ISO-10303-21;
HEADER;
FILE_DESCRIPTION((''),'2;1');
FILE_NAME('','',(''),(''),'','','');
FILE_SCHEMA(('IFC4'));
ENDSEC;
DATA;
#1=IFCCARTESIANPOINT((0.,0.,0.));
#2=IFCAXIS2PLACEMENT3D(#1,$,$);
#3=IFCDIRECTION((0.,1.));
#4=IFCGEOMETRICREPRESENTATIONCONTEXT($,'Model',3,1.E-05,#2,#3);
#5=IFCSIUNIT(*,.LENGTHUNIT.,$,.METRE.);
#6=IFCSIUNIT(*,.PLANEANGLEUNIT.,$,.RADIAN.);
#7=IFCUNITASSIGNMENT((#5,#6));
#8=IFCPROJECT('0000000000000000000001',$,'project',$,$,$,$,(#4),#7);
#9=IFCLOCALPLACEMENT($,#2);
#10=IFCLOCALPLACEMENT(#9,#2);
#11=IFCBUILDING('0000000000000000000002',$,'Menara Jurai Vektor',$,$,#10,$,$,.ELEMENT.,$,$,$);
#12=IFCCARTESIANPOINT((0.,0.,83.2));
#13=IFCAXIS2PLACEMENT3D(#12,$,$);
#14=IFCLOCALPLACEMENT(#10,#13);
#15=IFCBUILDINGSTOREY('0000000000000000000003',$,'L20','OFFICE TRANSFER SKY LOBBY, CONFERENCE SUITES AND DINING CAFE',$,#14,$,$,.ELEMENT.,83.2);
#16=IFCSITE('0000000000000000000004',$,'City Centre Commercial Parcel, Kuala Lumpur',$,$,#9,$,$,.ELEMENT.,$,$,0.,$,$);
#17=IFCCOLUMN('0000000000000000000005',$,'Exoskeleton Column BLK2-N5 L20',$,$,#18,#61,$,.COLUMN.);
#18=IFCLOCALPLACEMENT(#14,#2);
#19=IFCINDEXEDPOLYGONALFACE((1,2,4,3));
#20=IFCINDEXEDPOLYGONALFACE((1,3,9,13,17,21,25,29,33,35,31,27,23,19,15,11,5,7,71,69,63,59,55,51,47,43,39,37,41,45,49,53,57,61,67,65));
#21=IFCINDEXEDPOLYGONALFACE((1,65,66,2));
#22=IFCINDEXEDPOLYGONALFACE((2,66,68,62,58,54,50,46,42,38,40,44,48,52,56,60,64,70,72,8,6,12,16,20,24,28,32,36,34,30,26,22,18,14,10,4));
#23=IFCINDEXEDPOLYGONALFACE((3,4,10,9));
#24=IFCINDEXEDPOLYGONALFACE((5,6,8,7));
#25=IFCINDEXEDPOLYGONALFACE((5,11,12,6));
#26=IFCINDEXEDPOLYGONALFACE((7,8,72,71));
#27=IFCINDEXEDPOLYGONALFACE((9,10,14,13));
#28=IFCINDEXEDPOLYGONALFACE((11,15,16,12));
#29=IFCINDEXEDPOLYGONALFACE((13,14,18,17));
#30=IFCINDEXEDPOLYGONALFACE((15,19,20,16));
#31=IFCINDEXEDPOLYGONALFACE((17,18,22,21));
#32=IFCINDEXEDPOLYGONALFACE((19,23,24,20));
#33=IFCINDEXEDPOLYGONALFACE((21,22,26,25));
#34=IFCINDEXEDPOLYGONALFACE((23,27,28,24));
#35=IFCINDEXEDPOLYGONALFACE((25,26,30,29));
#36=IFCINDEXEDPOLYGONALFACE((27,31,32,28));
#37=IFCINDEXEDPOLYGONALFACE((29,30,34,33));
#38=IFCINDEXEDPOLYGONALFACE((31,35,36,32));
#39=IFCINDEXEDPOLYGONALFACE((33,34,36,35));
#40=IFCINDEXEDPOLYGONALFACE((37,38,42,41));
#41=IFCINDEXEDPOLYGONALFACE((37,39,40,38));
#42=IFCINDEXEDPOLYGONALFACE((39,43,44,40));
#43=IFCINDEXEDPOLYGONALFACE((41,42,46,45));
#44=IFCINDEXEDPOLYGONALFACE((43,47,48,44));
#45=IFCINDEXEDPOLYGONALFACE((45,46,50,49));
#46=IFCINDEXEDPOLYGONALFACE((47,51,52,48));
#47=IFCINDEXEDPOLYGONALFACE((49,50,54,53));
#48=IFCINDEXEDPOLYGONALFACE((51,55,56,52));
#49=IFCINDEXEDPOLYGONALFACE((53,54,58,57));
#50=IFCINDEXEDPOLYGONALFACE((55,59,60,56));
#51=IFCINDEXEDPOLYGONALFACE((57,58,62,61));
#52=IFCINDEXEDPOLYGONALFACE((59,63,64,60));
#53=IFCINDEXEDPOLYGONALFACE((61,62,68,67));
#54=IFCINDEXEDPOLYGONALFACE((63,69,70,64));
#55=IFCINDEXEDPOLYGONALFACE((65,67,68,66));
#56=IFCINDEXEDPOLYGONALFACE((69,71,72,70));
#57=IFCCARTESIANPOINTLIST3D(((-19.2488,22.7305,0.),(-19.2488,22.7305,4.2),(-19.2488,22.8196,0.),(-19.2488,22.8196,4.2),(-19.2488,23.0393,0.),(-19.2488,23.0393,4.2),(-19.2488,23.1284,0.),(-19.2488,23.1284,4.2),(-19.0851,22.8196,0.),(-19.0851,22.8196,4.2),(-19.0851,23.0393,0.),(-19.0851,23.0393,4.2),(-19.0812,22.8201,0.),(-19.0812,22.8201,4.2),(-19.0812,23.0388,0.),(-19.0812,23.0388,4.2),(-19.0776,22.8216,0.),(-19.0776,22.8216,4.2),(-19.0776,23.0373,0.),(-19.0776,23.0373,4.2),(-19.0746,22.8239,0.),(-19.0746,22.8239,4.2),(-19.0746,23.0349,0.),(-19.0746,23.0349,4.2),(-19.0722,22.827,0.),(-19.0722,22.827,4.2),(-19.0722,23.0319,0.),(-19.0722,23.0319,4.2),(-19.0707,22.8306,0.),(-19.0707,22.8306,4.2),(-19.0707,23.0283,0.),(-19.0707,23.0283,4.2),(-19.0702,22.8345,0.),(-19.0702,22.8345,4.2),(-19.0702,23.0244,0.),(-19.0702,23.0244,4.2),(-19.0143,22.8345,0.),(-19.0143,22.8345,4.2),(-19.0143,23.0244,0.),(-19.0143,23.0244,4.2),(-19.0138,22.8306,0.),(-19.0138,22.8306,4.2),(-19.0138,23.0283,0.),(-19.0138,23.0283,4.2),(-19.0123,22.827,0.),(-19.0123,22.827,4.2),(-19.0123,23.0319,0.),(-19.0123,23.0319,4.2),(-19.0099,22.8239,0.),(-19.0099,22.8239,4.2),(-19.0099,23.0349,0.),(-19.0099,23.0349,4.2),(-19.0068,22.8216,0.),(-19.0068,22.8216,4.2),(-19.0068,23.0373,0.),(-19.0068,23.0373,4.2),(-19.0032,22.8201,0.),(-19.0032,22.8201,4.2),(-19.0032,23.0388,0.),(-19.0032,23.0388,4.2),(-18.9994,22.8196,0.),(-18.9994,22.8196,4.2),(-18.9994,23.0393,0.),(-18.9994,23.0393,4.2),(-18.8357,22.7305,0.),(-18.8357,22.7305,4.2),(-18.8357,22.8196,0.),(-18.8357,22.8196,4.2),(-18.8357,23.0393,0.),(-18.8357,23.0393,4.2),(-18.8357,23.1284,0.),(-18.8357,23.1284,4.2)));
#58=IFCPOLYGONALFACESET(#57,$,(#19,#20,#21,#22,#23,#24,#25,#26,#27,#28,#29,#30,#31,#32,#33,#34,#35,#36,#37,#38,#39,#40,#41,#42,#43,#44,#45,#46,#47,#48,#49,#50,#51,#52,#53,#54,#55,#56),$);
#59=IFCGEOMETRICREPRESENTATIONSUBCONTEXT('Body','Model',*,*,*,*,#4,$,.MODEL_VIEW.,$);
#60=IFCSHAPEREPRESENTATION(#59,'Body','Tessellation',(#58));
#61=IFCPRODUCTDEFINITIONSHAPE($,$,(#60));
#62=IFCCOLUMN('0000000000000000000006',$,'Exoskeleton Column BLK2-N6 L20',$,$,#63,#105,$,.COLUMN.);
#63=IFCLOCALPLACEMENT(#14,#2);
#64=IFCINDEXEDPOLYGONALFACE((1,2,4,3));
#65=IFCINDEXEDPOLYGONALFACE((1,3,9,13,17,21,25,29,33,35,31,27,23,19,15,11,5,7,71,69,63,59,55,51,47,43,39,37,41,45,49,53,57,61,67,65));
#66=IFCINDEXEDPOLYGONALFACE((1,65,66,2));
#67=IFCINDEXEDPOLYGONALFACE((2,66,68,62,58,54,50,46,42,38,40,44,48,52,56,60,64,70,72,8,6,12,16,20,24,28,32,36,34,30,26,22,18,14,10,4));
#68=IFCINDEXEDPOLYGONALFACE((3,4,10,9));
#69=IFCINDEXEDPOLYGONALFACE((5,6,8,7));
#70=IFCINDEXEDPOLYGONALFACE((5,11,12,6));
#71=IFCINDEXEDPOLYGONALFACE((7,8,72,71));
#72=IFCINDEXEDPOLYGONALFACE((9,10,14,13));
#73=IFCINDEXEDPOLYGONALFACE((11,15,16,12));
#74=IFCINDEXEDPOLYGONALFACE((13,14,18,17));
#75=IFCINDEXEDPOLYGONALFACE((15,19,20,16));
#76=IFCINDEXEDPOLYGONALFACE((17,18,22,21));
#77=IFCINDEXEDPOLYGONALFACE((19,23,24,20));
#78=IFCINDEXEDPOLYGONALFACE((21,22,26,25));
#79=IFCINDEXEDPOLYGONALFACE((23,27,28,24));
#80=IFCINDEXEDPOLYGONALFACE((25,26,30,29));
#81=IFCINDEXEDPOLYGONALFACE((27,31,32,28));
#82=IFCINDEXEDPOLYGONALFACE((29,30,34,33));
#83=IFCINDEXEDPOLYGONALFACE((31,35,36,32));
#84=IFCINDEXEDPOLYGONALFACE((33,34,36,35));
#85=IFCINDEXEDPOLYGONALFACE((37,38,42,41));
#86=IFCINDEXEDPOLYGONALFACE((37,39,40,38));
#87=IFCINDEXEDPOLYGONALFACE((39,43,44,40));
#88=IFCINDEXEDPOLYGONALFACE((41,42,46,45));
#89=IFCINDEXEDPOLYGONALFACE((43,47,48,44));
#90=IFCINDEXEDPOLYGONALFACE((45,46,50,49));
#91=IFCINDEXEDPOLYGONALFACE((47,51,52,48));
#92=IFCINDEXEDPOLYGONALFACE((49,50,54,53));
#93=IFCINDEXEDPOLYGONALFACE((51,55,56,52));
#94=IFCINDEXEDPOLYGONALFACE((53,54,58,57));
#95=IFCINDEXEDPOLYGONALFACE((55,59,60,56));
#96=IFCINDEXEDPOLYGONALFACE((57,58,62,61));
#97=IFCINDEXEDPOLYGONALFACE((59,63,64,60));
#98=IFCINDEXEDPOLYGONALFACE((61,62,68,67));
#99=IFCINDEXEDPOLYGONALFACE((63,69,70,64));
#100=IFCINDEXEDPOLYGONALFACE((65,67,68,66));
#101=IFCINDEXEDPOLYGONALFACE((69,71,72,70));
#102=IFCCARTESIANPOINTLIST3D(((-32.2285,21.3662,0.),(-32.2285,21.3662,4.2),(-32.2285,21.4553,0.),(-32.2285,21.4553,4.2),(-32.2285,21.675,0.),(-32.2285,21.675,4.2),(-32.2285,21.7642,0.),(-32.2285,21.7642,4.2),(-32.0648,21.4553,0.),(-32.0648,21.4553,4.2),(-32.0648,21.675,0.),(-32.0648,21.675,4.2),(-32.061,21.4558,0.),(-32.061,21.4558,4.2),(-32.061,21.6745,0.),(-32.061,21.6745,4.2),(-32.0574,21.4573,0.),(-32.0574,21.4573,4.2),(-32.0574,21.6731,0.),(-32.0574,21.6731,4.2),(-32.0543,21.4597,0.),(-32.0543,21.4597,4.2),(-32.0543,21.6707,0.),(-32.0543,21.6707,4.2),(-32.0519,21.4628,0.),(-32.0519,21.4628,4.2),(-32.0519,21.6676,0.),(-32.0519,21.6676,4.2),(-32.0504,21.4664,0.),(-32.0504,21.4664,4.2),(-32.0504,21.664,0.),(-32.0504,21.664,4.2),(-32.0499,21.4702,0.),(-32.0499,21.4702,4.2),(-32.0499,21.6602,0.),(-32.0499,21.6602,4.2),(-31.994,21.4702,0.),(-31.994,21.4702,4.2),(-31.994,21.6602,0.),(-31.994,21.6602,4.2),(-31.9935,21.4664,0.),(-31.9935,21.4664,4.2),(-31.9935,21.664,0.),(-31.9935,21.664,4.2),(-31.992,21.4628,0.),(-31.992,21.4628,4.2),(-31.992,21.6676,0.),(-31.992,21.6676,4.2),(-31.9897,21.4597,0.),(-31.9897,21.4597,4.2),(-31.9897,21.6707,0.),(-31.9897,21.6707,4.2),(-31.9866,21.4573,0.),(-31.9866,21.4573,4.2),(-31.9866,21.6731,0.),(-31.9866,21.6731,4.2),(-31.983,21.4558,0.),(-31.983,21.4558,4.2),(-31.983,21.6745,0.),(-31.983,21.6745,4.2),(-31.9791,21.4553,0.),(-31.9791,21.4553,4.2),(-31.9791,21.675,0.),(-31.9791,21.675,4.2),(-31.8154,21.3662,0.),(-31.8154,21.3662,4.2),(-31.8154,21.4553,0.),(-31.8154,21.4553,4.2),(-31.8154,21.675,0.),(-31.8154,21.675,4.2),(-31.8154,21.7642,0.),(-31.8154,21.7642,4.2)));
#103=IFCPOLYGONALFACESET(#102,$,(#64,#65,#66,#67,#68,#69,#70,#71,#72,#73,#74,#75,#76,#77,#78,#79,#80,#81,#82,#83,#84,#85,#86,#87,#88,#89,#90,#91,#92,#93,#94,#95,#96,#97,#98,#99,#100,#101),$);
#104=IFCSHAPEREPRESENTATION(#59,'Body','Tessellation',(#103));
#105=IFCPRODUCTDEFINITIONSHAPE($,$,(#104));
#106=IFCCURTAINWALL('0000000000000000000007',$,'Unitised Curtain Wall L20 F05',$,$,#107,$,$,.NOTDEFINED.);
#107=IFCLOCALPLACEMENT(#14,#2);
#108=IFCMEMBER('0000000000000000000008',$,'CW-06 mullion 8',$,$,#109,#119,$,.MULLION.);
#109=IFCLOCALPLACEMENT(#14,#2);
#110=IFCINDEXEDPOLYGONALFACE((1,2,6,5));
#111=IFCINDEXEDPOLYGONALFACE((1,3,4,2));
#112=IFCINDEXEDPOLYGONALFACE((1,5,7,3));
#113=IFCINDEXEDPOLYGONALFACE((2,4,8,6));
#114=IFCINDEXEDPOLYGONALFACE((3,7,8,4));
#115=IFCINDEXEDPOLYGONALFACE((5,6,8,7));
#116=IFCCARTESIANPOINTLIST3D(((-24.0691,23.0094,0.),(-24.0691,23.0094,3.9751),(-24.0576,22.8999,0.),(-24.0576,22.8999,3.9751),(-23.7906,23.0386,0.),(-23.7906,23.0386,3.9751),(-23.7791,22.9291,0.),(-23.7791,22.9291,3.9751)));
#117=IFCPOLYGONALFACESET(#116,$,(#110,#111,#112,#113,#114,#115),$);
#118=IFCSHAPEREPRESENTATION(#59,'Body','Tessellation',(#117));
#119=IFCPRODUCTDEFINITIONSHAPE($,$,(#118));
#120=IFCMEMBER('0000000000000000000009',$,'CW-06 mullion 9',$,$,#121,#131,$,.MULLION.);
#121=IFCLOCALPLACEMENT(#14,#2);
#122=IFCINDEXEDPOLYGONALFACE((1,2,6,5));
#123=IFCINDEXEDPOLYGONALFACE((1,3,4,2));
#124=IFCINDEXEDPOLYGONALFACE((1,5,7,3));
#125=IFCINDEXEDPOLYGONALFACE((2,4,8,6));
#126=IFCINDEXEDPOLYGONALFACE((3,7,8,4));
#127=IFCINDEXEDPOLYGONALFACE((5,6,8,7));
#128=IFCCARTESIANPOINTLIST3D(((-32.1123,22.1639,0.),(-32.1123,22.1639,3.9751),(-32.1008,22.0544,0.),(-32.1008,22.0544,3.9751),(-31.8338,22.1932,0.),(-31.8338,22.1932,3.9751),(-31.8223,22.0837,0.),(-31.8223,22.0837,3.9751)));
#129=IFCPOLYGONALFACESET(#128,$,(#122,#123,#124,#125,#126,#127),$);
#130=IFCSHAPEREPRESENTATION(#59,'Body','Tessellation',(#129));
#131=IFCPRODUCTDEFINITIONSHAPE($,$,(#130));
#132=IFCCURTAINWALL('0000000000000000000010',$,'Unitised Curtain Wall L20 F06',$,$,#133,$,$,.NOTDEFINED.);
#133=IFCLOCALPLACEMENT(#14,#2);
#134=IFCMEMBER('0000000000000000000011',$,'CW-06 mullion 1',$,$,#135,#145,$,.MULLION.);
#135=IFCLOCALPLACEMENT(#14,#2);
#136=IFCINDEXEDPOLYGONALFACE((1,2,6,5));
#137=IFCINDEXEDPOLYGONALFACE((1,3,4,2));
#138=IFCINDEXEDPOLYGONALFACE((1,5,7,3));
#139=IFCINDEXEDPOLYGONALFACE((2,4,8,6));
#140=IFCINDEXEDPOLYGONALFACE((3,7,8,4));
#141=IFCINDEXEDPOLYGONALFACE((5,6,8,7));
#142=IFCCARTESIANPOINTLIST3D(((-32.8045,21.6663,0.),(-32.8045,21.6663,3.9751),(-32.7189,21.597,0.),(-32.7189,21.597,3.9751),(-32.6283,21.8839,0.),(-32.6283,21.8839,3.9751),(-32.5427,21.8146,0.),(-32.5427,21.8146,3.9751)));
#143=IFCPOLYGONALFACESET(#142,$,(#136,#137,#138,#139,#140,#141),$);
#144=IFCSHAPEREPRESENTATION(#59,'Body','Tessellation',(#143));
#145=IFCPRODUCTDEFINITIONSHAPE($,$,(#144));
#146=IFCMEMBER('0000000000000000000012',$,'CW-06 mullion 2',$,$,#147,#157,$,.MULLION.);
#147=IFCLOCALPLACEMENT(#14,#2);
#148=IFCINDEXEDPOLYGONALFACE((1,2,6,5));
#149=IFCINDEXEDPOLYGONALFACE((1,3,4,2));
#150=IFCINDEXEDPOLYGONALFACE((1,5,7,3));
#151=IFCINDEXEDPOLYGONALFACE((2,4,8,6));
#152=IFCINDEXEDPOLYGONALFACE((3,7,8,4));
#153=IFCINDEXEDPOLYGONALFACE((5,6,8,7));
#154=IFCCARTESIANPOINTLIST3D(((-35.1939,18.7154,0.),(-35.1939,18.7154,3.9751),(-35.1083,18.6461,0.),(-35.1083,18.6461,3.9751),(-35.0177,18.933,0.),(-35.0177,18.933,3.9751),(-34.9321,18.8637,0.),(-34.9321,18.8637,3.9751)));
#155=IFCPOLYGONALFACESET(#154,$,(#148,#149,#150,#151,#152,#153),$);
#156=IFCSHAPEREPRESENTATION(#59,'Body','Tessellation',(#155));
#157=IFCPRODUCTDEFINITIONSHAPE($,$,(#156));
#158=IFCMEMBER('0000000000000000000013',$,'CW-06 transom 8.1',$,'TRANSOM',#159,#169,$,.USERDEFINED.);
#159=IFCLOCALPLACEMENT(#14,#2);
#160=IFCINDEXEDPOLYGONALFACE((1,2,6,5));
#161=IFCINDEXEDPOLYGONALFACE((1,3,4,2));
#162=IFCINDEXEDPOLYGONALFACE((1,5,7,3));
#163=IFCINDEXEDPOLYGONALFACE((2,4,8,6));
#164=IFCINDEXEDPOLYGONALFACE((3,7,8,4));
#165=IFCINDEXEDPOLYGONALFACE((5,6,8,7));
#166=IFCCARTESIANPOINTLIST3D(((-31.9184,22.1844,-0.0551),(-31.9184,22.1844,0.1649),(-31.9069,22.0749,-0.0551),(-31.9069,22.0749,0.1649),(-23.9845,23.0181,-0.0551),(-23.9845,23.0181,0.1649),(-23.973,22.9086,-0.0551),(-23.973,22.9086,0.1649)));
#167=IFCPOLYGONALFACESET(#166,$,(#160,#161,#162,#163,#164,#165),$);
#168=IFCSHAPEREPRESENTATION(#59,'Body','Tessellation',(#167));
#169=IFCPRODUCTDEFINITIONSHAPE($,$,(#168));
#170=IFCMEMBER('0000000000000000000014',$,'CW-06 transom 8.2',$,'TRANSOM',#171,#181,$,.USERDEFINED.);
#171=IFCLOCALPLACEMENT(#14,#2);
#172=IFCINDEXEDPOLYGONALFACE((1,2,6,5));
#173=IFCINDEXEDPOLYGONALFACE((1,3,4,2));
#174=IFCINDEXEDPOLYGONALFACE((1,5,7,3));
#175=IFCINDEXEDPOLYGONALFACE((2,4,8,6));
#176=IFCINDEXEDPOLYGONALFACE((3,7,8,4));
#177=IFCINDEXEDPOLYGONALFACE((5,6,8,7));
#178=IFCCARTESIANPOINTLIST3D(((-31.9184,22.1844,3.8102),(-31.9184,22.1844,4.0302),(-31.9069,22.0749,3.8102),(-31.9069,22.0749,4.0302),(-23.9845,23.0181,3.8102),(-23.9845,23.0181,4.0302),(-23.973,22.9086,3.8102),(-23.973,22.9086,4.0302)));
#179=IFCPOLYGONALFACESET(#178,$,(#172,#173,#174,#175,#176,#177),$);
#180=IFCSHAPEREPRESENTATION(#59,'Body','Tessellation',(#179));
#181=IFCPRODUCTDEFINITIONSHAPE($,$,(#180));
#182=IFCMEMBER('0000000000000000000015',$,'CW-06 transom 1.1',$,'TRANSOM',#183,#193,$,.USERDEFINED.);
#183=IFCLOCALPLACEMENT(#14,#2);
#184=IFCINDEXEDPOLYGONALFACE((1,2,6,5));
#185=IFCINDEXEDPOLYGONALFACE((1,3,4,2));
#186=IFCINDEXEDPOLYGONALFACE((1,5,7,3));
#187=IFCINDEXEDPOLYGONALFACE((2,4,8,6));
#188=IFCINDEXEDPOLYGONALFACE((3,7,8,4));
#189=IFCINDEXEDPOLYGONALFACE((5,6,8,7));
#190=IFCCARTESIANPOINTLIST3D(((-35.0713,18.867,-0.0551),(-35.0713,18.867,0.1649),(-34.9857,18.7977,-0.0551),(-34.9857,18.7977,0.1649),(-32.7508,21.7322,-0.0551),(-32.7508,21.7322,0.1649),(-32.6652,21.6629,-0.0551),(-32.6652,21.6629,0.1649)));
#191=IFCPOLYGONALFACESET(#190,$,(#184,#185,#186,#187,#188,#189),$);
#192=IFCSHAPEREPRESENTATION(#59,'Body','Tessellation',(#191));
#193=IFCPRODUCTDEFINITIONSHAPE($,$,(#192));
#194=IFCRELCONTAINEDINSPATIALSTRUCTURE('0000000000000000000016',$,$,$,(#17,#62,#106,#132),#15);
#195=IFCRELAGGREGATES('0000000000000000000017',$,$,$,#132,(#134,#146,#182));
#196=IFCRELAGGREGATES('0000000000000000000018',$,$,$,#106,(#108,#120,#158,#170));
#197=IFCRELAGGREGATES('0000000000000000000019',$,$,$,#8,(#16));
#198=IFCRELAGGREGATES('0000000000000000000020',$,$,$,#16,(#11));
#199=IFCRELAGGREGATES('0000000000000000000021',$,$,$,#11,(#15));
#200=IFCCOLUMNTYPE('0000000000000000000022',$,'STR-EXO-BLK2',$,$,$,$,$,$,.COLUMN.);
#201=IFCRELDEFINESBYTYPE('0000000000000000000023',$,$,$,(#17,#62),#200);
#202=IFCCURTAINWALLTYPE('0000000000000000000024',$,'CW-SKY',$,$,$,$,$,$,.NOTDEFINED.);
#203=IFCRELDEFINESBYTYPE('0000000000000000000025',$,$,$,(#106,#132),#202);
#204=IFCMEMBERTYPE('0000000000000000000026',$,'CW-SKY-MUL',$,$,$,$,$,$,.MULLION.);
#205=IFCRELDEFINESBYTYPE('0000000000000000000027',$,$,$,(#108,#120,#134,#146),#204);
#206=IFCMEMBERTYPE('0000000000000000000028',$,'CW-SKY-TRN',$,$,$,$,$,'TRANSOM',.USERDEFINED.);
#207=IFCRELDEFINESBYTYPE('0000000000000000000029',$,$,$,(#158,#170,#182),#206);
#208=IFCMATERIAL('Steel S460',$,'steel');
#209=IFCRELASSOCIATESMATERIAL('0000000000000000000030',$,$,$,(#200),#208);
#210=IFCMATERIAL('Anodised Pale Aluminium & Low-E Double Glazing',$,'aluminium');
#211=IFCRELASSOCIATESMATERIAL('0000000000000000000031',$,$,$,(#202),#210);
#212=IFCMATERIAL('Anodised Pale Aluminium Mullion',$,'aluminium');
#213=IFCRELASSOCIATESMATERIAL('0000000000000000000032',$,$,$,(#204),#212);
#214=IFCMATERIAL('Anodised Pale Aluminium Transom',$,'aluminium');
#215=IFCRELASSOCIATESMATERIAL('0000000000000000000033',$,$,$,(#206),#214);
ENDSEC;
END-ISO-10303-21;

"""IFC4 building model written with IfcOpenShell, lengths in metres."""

from ifc_helpers import new_model, si_unit, direction, frame, origin, origin_2d, place, context, subcontext, project, spatial, rectangle, i_section, extrude, material, material_profile, profile_set, type_object, element, aggregate, save


model = new_model("IFC4")

# Units and contexts
model_context = context("Model", 3, precision=1e-05, world=origin(), true_north=direction((0.0, 1.0)))
body_context = subcontext(model_context, "Body", "Model", "MODEL_VIEW")
ifc_project = project(units=[si_unit("LENGTHUNIT", "METRE"), si_unit("PLANEANGLEUNIT", "RADIAN")], contexts=[model_context])

# Site, building, storey
site_placement = place(None, origin())
site = spatial("IfcSite", under=ifc_project, at=site_placement, Name="City Centre Commercial Parcel, Kuala Lumpur", CompositionType="ELEMENT", RefElevation=0.0)
building_placement = place(site_placement, origin())
building = spatial("IfcBuilding", under=site, at=building_placement, Name="Menara Jurai Vektor", CompositionType="ELEMENT")
storey_placement = place(building_placement, frame((0.0, 0.0, 83.2)))
storey = spatial("IfcBuildingStorey", under=building, at=storey_placement, Name="L20", Description="OFFICE TRANSFER SKY LOBBY, CONFERENCE SUITES AND DINING CAFE", CompositionType="ELEMENT", Elevation=83.2)

# Columns
ifc_material_1 = material(Name="Steel S460", Category="steel")
ifc_material_profile_1 = material_profile(ifc_material_1, i_section(OverallWidth=0.4131, OverallDepth=0.3979, WebThickness=0.0559, FlangeThickness=0.0891, FilletRadius=0.0149, at=origin_2d()), Name="HD 400x744")
ifc_profile_set_1 = profile_set([ifc_material_profile_1], Name="Steel S460")
column_type = type_object("IfcColumnType", Name="STR-EXO-BLK2", PredefinedType="COLUMN", material=ifc_profile_set_1)
for number, where, z_axis, x_axis, name in (
    (1, (-19.0422, 22.9294, 0.0), (0.0, 0.0, 1.0), (1.0, 0.0, 0.0), "Exoskeleton Column BLK2-N5 L20"),
    (2, (-32.022, 21.5652, 0.0), (0.0, 0.0, 1.0), (1.0, 0.0, 0.0), "Exoskeleton Column BLK2-N6 L20"),
):
    element("IfcColumn", number, at=place(storey_placement, frame(where, z_axis=z_axis, x_axis=x_axis)), inside=storey, type_object=column_type, Name=name, PredefinedType="COLUMN", context=body_context, shape_type="SweptSolid", body=[
        extrude(i_section(OverallWidth=0.4131, OverallDepth=0.3979, WebThickness=0.0559, FlangeThickness=0.0891, FilletRadius=0.0149, at=origin_2d()), origin(), (0.0, 0.0, 1.0), 4.2),
    ])

# Curtain walls, members
ifc_material_2 = material(Name="Anodised Pale Aluminium & Low-E Double Glazing", Category="aluminium")
curtain_wall_type = type_object("IfcCurtainWallType", Name="CW-SKY", PredefinedType="NOTDEFINED", material=ifc_material_2)
curtain_wall_1_placement = place(storey_placement, origin())
curtain_wall_1 = element("IfcCurtainWall", 3, at=curtain_wall_1_placement, inside=storey, type_object=curtain_wall_type, Name="Unitised Curtain Wall L20 F05", PredefinedType="NOTDEFINED")
ifc_material_3 = material(Name="Anodised Pale Aluminium Mullion", Category="aluminium")
ifc_material_profile_2 = material_profile(ifc_material_3, rectangle(XDim=0.1101, YDim=0.28, at=origin_2d()), Name="ALU MUL 110x280")
ifc_profile_set_2 = profile_set([ifc_material_profile_2], Name="Anodised Pale Aluminium Mullion")
member_type_1 = type_object("IfcMemberType", Name="CW-SKY-MUL", PredefinedType="MULLION", material=ifc_profile_set_2)
member_1_placement = place(storey_placement, frame((-23.9241, 22.9692, 0.0), z_axis=(0.0, 0.0, 1.0), x_axis=(0.104529, -0.994522, 0.0)))
member_1 = element("IfcMember", 4, at=member_1_placement, type_object=member_type_1, Name="CW-06 mullion 8", PredefinedType="MULLION", context=body_context, shape_type="SweptSolid", body=[
    extrude(rectangle(XDim=0.1101, YDim=0.28, at=origin_2d()), origin(), (0.0, 0.0, 1.0), 3.9751),
])
member_2_placement = place(storey_placement, frame((-31.9673, 22.1238, 0.0), z_axis=(0.0, 0.0, 1.0), x_axis=(0.104529, -0.994522, 0.0)))
member_2 = element("IfcMember", 5, at=member_2_placement, type_object=member_type_1, Name="CW-06 mullion 9", PredefinedType="MULLION", context=body_context, shape_type="SweptSolid", body=[
    extrude(rectangle(XDim=0.1101, YDim=0.28, at=origin_2d()), origin(), (0.0, 0.0, 1.0), 3.9751),
])
curtain_wall_2_placement = place(storey_placement, origin())
curtain_wall_2 = element("IfcCurtainWall", 6, at=curtain_wall_2_placement, inside=storey, type_object=curtain_wall_type, Name="Unitised Curtain Wall L20 F06", PredefinedType="NOTDEFINED")
member_3_placement = place(storey_placement, frame((-32.6736, 21.7405, 0.0), z_axis=(0.0, 0.0, 1.0), x_axis=(0.777129, -0.629341, 0.0)))
member_3 = element("IfcMember", 7, at=member_3_placement, type_object=member_type_1, Name="CW-06 mullion 1", PredefinedType="MULLION", context=body_context, shape_type="SweptSolid", body=[
    extrude(rectangle(XDim=0.1101, YDim=0.28, at=origin_2d()), origin(), (0.0, 0.0, 1.0), 3.9751),
])
member_4_placement = place(storey_placement, frame((-35.063, 18.7896, 0.0), z_axis=(0.0, 0.0, 1.0), x_axis=(0.777129, -0.629341, 0.0)))
member_4 = element("IfcMember", 8, at=member_4_placement, type_object=member_type_1, Name="CW-06 mullion 2", PredefinedType="MULLION", context=body_context, shape_type="SweptSolid", body=[
    extrude(rectangle(XDim=0.1101, YDim=0.28, at=origin_2d()), origin(), (0.0, 0.0, 1.0), 3.9751),
])

# Members
ifc_material_4 = material(Name="Anodised Pale Aluminium Transom", Category="aluminium")
ifc_material_profile_3 = material_profile(ifc_material_4, rectangle(XDim=0.1101, YDim=0.22, at=origin_2d()), Name="ALU TRN 110x220")
ifc_profile_set_3 = profile_set([ifc_material_profile_3], Name="Anodised Pale Aluminium Transom")
member_type_2 = type_object("IfcMemberType", Name="CW-SKY-TRN", ElementType="TRANSOM", PredefinedType="USERDEFINED", material=ifc_profile_set_3)
member_5_placement = place(storey_placement, frame((-23.9788, 22.9634, 0.0549), z_axis=(-0.994524, -0.104511, 0.0), x_axis=(0.104511, -0.994524, 0.0)))
member_5 = element("IfcMember", 9, at=member_5_placement, type_object=member_type_2, Name="CW-06 transom 8.1", ObjectType="TRANSOM", PredefinedType="USERDEFINED", context=body_context, shape_type="SweptSolid", body=[
    extrude(rectangle(XDim=0.1101, YDim=0.22, at=origin_2d()), origin(), (0.0, 0.0, 1.0), 7.9775),
])
member_6_placement = place(storey_placement, frame((-23.9788, 22.9634, 3.9202), z_axis=(-0.994524, -0.104511, 0.0), x_axis=(0.104511, -0.994524, 0.0)))
member_6 = element("IfcMember", 10, at=member_6_placement, type_object=member_type_2, Name="CW-06 transom 8.2", ObjectType="TRANSOM", PredefinedType="USERDEFINED", context=body_context, shape_type="SweptSolid", body=[
    extrude(rectangle(XDim=0.1101, YDim=0.22, at=origin_2d()), origin(), (0.0, 0.0, 1.0), 7.9775),
])
member_7_placement = place(storey_placement, frame((-32.708, 21.6975, 0.0549), z_axis=(-0.629375, -0.777101, 0.0), x_axis=(0.777101, -0.629375, 0.0)))
member_7 = element("IfcMember", 11, at=member_7_placement, type_object=member_type_2, Name="CW-06 transom 1.1", ObjectType="TRANSOM", PredefinedType="USERDEFINED", context=body_context, shape_type="SweptSolid", body=[
    extrude(rectangle(XDim=0.1101, YDim=0.22, at=origin_2d()), origin(), (0.0, 0.0, 1.0), 3.687),
])

aggregate(curtain_wall_2, [member_3, member_4, member_7])
aggregate(curtain_wall_1, [member_1, member_2, member_5, member_6])

save(model, "model.ifc")
